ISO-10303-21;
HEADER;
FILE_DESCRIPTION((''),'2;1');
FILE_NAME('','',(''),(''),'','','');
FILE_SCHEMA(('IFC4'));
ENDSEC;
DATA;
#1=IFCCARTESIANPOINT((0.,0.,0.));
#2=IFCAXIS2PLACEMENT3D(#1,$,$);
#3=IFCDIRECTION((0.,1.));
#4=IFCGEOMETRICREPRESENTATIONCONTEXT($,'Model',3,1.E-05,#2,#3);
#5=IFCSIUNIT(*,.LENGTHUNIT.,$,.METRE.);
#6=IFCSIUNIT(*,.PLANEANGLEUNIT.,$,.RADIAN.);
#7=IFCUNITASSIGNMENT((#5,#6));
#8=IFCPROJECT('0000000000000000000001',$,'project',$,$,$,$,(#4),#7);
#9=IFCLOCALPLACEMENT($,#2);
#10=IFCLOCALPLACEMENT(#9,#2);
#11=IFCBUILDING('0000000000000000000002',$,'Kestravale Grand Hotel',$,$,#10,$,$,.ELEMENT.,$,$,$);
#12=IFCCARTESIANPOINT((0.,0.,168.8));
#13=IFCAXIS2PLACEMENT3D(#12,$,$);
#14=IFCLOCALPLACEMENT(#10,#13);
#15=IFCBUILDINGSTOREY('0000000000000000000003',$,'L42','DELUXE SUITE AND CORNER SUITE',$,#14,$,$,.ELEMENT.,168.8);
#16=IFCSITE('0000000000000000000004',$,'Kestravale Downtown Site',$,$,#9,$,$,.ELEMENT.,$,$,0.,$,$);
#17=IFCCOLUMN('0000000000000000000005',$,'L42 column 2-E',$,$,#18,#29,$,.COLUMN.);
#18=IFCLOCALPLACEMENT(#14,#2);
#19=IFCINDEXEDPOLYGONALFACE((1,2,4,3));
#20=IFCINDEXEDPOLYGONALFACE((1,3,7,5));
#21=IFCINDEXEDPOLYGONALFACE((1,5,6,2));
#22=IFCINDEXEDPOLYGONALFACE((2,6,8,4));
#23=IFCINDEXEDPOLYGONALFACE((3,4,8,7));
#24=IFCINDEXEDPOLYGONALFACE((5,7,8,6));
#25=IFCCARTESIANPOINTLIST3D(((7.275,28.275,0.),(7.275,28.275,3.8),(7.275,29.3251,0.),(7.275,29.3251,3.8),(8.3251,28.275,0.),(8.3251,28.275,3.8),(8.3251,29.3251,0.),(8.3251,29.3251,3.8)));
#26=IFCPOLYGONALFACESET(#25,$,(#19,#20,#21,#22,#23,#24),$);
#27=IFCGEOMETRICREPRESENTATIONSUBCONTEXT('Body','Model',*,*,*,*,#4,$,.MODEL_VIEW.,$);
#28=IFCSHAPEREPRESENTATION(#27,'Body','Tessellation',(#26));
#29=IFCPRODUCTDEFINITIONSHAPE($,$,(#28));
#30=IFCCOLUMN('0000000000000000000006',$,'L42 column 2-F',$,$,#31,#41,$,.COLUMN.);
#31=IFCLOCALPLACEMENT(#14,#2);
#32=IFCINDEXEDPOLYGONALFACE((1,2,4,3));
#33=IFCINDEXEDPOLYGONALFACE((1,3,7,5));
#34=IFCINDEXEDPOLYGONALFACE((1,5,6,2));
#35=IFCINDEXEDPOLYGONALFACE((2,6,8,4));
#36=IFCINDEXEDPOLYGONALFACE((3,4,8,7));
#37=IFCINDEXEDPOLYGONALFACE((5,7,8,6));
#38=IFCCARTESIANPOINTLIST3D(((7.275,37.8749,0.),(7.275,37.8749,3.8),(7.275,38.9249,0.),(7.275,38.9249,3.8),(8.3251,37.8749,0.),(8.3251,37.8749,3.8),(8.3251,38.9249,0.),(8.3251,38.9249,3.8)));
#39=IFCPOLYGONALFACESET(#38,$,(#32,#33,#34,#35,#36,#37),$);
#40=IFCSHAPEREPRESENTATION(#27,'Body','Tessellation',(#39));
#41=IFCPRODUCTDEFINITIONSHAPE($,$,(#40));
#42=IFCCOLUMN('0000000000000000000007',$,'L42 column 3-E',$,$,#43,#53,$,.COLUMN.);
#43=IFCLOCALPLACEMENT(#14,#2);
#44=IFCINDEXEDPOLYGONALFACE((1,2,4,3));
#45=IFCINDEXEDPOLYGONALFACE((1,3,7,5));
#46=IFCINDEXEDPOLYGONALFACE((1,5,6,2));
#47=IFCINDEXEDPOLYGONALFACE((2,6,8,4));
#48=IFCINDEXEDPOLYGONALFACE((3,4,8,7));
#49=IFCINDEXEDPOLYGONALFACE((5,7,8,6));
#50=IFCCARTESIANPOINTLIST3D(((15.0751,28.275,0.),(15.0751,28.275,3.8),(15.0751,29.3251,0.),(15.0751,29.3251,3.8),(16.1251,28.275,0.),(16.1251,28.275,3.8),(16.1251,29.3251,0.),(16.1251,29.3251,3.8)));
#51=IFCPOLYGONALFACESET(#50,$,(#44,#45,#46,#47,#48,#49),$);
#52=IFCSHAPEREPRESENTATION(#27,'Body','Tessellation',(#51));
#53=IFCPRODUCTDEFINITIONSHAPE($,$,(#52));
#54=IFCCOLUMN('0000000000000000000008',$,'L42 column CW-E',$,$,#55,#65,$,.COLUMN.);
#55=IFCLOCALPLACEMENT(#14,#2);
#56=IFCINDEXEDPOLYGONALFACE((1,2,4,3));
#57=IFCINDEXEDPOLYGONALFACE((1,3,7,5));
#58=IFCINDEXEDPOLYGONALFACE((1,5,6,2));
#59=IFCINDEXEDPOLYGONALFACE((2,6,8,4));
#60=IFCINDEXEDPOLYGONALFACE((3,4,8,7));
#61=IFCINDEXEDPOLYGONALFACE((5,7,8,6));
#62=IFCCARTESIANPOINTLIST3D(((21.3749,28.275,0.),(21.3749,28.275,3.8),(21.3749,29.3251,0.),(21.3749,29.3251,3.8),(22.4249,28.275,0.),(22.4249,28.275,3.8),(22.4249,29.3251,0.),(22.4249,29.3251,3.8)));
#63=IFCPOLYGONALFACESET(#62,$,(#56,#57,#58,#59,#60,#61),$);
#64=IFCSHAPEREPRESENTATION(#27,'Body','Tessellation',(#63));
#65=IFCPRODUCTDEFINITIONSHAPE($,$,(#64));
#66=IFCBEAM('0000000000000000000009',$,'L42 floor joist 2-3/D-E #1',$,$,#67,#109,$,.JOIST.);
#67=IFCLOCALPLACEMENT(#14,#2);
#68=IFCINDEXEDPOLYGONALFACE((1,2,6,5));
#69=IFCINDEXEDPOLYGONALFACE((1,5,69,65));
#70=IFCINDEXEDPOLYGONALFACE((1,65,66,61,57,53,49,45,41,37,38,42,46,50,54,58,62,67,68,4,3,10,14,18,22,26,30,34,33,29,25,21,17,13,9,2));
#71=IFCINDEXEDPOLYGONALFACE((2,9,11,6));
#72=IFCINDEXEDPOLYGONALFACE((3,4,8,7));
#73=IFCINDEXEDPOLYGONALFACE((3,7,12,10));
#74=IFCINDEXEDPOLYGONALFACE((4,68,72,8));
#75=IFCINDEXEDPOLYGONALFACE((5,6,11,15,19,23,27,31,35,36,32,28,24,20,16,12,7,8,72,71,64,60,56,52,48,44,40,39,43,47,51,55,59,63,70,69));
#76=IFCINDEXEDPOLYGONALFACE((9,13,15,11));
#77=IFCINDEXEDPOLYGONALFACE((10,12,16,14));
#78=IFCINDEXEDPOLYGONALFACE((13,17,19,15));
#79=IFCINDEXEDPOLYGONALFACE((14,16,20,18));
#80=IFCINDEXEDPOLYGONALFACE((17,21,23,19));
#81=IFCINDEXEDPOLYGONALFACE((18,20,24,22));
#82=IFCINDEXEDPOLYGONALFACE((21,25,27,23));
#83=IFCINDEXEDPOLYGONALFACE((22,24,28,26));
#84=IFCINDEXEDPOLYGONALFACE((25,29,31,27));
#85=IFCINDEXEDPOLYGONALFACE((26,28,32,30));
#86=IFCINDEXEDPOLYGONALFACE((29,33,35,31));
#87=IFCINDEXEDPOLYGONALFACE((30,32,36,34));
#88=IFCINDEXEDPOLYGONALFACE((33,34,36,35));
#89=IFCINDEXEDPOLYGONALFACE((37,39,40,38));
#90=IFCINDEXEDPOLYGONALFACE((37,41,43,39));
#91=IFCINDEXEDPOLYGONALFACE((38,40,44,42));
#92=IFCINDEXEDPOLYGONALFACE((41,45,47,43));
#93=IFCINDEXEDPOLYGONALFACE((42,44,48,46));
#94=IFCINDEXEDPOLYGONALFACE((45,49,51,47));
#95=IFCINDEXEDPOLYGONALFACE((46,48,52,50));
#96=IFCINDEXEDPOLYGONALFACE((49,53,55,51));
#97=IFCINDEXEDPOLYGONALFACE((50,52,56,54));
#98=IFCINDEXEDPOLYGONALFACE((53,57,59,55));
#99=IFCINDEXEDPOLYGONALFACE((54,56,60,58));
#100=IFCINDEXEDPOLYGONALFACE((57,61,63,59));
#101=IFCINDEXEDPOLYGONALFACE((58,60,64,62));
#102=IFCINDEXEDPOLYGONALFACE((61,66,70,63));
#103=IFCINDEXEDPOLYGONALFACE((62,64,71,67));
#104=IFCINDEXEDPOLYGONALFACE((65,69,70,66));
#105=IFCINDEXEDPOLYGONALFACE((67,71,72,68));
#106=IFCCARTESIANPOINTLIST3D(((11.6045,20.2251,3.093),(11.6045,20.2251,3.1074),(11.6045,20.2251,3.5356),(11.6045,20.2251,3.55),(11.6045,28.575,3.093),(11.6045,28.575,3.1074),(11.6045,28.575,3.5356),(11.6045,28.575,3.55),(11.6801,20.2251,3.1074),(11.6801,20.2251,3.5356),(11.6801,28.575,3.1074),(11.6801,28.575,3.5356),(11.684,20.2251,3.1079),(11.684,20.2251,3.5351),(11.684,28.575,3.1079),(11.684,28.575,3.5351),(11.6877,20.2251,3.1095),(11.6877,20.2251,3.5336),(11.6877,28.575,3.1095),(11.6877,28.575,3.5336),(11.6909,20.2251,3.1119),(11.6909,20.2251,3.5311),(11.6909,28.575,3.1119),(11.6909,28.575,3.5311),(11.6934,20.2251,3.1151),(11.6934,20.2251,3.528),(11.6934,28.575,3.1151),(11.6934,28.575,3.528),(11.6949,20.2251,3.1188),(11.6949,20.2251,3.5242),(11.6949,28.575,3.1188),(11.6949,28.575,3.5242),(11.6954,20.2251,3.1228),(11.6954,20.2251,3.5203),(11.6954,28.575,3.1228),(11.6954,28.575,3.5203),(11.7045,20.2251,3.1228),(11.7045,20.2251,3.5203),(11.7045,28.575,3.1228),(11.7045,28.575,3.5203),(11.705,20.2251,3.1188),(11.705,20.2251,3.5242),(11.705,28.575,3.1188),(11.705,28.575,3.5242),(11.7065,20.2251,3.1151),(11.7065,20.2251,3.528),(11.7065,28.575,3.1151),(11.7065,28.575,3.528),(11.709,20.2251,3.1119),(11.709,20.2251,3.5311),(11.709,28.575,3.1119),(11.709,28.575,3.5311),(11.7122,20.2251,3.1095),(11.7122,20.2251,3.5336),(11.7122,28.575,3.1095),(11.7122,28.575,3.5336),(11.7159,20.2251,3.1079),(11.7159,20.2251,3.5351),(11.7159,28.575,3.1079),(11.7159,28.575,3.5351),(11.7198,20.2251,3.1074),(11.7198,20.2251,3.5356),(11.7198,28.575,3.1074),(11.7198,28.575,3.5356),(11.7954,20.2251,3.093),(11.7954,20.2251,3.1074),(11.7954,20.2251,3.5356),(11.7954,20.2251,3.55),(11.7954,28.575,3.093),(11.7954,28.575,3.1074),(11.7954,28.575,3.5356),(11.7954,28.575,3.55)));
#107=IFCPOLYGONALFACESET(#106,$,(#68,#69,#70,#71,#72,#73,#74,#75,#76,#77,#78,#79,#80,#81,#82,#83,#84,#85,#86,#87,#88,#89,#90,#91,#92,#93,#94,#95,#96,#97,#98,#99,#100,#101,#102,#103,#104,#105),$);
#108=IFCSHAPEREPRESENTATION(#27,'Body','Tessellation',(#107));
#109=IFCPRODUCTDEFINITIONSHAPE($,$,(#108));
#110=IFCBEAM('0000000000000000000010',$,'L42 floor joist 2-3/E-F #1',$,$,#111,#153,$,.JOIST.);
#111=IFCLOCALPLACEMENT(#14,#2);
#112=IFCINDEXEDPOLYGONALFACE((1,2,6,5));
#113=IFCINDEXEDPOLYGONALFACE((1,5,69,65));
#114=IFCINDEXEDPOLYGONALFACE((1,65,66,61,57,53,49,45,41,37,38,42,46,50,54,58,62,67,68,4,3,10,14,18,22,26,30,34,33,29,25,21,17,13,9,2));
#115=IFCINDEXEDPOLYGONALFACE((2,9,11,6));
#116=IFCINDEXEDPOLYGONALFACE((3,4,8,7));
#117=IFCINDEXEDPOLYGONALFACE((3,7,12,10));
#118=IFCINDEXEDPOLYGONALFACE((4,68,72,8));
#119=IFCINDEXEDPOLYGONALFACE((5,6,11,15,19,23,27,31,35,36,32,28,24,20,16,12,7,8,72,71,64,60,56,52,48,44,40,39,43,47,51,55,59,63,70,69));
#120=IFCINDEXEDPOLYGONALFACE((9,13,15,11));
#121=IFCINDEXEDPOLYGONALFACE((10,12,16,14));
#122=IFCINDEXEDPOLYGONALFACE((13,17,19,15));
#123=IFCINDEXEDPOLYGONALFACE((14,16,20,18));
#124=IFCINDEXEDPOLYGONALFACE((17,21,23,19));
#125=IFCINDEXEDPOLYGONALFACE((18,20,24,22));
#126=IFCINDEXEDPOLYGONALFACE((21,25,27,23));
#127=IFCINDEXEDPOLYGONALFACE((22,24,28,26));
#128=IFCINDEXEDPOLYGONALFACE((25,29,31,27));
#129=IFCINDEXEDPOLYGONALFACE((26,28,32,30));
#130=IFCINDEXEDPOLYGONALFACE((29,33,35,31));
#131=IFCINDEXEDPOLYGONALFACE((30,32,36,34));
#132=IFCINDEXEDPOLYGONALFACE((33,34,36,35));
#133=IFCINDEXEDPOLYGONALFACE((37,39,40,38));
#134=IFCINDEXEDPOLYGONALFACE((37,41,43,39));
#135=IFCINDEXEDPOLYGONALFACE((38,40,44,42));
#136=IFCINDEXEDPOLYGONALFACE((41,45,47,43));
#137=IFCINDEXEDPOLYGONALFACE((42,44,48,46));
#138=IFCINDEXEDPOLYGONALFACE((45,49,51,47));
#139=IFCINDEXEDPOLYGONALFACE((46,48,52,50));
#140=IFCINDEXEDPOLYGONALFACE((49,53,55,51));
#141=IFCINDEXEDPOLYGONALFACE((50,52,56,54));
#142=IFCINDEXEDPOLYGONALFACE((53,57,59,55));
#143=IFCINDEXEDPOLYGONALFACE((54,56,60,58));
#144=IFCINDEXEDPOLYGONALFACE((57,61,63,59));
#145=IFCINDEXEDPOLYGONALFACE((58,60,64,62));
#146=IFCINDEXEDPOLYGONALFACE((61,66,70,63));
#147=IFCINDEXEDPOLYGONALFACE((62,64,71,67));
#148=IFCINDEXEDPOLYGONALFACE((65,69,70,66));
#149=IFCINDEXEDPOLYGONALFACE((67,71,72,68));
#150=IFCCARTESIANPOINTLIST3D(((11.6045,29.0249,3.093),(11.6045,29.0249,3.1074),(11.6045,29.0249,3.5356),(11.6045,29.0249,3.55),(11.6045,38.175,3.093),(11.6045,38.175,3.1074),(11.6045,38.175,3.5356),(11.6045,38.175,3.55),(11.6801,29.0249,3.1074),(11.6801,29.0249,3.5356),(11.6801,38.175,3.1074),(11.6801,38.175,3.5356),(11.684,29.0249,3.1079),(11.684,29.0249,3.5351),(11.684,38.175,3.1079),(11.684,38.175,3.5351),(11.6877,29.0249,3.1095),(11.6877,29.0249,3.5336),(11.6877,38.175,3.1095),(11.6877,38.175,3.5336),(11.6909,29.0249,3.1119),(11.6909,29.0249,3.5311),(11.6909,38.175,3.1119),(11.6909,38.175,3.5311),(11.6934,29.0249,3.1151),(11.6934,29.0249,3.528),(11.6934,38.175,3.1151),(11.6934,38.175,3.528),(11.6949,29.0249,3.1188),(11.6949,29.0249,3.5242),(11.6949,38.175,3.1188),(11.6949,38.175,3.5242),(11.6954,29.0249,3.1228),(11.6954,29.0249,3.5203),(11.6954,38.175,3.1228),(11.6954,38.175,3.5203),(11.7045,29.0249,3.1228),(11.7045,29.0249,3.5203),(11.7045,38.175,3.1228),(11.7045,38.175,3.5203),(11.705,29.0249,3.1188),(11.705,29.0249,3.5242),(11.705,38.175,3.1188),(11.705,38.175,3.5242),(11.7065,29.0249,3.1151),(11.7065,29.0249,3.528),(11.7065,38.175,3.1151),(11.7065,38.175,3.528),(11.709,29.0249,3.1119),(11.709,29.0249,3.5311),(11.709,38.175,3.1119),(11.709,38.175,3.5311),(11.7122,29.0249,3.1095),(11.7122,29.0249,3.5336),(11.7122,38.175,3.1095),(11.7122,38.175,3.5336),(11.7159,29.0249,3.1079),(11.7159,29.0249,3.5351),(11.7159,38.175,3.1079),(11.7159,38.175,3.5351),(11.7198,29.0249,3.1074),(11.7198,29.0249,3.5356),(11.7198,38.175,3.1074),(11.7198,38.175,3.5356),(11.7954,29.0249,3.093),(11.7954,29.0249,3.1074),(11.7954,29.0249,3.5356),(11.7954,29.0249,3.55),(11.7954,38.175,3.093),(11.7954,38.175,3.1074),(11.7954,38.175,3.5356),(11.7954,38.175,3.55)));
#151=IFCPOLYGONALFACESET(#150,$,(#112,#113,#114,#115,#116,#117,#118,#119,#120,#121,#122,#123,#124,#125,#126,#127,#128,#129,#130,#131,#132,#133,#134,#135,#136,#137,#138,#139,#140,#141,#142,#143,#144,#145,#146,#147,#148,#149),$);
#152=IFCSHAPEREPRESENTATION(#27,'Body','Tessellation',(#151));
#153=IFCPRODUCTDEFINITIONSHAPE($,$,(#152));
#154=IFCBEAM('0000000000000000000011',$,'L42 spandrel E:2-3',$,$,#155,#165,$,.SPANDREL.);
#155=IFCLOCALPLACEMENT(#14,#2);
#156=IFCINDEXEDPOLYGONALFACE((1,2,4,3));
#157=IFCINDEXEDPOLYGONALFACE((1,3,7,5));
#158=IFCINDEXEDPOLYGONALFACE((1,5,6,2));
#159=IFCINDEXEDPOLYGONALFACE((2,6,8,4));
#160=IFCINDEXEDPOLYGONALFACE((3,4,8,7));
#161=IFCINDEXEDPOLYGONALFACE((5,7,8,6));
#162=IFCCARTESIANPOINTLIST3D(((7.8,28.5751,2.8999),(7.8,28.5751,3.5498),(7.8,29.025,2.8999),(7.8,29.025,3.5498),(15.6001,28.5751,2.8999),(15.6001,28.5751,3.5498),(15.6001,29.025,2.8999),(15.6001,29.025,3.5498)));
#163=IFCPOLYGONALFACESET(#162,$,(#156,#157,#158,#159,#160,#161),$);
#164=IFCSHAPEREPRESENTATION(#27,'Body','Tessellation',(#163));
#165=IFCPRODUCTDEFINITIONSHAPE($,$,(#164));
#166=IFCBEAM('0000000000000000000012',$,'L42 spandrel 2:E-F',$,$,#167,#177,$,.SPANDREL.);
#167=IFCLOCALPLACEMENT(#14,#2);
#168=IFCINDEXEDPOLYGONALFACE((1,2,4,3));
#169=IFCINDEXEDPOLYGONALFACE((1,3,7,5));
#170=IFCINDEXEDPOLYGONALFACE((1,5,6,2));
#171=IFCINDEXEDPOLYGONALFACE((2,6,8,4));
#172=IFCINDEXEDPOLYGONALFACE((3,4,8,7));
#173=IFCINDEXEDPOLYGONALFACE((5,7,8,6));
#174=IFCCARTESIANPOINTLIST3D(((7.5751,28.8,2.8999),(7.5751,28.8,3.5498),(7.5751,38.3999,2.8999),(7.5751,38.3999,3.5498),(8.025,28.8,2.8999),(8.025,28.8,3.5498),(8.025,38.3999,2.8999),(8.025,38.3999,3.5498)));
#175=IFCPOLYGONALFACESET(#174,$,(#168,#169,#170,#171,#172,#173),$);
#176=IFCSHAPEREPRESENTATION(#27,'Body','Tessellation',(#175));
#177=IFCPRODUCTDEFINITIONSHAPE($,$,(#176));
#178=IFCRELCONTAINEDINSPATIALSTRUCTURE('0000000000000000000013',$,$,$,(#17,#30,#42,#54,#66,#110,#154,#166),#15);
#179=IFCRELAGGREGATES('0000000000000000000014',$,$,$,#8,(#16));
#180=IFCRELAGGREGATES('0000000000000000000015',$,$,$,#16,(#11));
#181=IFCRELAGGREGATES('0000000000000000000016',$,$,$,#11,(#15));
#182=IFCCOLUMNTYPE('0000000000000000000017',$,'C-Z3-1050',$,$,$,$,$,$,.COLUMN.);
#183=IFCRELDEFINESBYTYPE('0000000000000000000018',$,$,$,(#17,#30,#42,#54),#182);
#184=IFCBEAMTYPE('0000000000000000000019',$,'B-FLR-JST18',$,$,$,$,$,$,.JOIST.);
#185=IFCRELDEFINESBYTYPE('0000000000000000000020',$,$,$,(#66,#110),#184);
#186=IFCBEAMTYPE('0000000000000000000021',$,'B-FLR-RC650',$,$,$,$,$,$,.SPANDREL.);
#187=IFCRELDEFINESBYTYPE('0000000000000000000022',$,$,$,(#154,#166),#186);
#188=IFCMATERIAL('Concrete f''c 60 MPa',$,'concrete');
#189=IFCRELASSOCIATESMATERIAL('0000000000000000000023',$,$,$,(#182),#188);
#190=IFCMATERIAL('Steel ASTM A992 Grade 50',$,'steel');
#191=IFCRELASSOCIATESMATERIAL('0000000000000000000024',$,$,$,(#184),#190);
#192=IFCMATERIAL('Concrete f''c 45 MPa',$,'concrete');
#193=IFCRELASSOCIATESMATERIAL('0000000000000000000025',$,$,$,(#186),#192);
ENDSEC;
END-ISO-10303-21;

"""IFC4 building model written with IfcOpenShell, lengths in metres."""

from ifc_helpers import new_model, si_unit, direction, frame, origin, origin_2d, place, context, subcontext, project, spatial, rectangle, i_section, extrude, material, material_profile, profile_set, type_object, element, save


model = new_model("IFC4")

# Units and contexts
model_context = context("Model", 3, precision=1e-05, world=origin(), true_north=direction((0.0, 1.0)))
body_context = subcontext(model_context, "Body", "Model", "MODEL_VIEW")
ifc_project = project(units=[si_unit("LENGTHUNIT", "METRE"), si_unit("PLANEANGLEUNIT", "RADIAN")], contexts=[model_context])

# Site, building, storey
site_placement = place(None, origin())
site = spatial("IfcSite", under=ifc_project, at=site_placement, Name="Kestravale Downtown Site", CompositionType="ELEMENT", RefElevation=0.0)
building_placement = place(site_placement, origin())
building = spatial("IfcBuilding", under=site, at=building_placement, Name="Kestravale Grand Hotel", CompositionType="ELEMENT")
storey_placement = place(building_placement, frame((0.0, 0.0, 168.8)))
storey = spatial("IfcBuildingStorey", under=building, at=storey_placement, Name="L42", Description="DELUXE SUITE AND CORNER SUITE", CompositionType="ELEMENT", Elevation=168.8)

# Columns
ifc_material_1 = material(Name="Concrete f'c 60 MPa", Category="concrete")
ifc_material_profile_1 = material_profile(ifc_material_1, rectangle(XDim=1.05, YDim=1.05, at=origin_2d()))
ifc_profile_set_1 = profile_set([ifc_material_profile_1], Name="Concrete f'c 60 MPa")
column_type = type_object("IfcColumnType", Name="C-Z3-1050", PredefinedType="COLUMN", material=ifc_profile_set_1)
for number, where, z_axis, x_axis, name in (
    (1, (7.8, 28.8, 0.0), (0.0, 0.0, 1.0), (1.0, 0.0, 0.0), "L42 column 2-E"),
    (2, (7.8, 38.3999, 0.0), (0.0, 0.0, 1.0), (1.0, 0.0, 0.0), "L42 column 2-F"),
    (3, (15.6001, 28.8, 0.0), (0.0, 0.0, 1.0), (1.0, 0.0, 0.0), "L42 column 3-E"),
    (4, (21.8999, 28.8, 0.0), (0.0, 0.0, 1.0), (1.0, 0.0, 0.0), "L42 column CW-E"),
):
    element("IfcColumn", number, at=place(storey_placement, frame(where, z_axis=z_axis, x_axis=x_axis)), inside=storey, type_object=column_type, Name=name, PredefinedType="COLUMN", context=body_context, shape_type="SweptSolid", body=[
        extrude(rectangle(XDim=1.05, YDim=1.05, at=origin_2d()), origin(), (0.0, 0.0, 1.0), 3.8),
    ])

# Beams
ifc_material_2 = material(Name="Steel ASTM A992 Grade 50", Category="steel")
ifc_material_profile_2 = material_profile(ifc_material_2, i_section(OverallWidth=0.1909, OverallDepth=0.457, WebThickness=0.009, FlangeThickness=0.0144, FilletRadius=0.0154, at=origin_2d()))
ifc_profile_set_2 = profile_set([ifc_material_profile_2], Name="Steel ASTM A992 Grade 50")
beam_type_1 = type_object("IfcBeamType", Name="B-FLR-JST18", PredefinedType="JOIST", material=ifc_profile_set_2)
beam_1_placement = place(storey_placement, frame((11.7, 20.2251, 3.3215), z_axis=(0.0, 1.0, 0.0), x_axis=(-1.0, 0.0, 0.0)))
element("IfcBeam", 5, at=beam_1_placement, inside=storey, type_object=beam_type_1, Name="L42 floor joist 2-3/D-E #1", PredefinedType="JOIST", context=body_context, shape_type="SweptSolid", body=[
    extrude(i_section(OverallWidth=0.1909, OverallDepth=0.457, WebThickness=0.009, FlangeThickness=0.0144, FilletRadius=0.0154, at=origin_2d()), origin(), (0.0, 0.0, 1.0), 8.3499),
])
beam_2_placement = place(storey_placement, frame((11.7, 29.0249, 3.3215), z_axis=(0.0, 1.0, 0.0), x_axis=(-1.0, 0.0, 0.0)))
element("IfcBeam", 6, at=beam_2_placement, inside=storey, type_object=beam_type_1, Name="L42 floor joist 2-3/E-F #1", PredefinedType="JOIST", context=body_context, shape_type="SweptSolid", body=[
    extrude(i_section(OverallWidth=0.1909, OverallDepth=0.457, WebThickness=0.009, FlangeThickness=0.0144, FilletRadius=0.0154, at=origin_2d()), origin(), (0.0, 0.0, 1.0), 9.1501),
])
ifc_material_3 = material(Name="Concrete f'c 45 MPa", Category="concrete")
ifc_material_profile_3 = material_profile(ifc_material_3, rectangle(XDim=0.45, YDim=0.6499, at=origin_2d()))
ifc_profile_set_3 = profile_set([ifc_material_profile_3], Name="Concrete f'c 45 MPa")
beam_type_2 = type_object("IfcBeamType", Name="B-FLR-RC650", PredefinedType="SPANDREL", material=ifc_profile_set_3)
beam_3_placement = place(storey_placement, frame((7.8, 28.8, 3.2249), z_axis=(1.0, 0.0, 0.0), x_axis=(0.0, 1.0, 0.0)))
element("IfcBeam", 7, at=beam_3_placement, inside=storey, type_object=beam_type_2, Name="L42 spandrel E:2-3", PredefinedType="SPANDREL", context=body_context, shape_type="SweptSolid", body=[
    extrude(rectangle(XDim=0.45, YDim=0.6499, at=origin_2d()), origin(), (0.0, 0.0, 1.0), 7.8),
])
beam_4_placement = place(storey_placement, frame((7.8, 28.8, 3.2249), z_axis=(0.0, 1.0, 0.0), x_axis=(-1.0, 0.0, 0.0)))
element("IfcBeam", 8, at=beam_4_placement, inside=storey, type_object=beam_type_2, Name="L42 spandrel 2:E-F", PredefinedType="SPANDREL", context=body_context, shape_type="SweptSolid", body=[
    extrude(rectangle(XDim=0.45, YDim=0.6499, at=origin_2d()), origin(), (0.0, 0.0, 1.0), 9.5999),
])

save(model, "model.ifc")
